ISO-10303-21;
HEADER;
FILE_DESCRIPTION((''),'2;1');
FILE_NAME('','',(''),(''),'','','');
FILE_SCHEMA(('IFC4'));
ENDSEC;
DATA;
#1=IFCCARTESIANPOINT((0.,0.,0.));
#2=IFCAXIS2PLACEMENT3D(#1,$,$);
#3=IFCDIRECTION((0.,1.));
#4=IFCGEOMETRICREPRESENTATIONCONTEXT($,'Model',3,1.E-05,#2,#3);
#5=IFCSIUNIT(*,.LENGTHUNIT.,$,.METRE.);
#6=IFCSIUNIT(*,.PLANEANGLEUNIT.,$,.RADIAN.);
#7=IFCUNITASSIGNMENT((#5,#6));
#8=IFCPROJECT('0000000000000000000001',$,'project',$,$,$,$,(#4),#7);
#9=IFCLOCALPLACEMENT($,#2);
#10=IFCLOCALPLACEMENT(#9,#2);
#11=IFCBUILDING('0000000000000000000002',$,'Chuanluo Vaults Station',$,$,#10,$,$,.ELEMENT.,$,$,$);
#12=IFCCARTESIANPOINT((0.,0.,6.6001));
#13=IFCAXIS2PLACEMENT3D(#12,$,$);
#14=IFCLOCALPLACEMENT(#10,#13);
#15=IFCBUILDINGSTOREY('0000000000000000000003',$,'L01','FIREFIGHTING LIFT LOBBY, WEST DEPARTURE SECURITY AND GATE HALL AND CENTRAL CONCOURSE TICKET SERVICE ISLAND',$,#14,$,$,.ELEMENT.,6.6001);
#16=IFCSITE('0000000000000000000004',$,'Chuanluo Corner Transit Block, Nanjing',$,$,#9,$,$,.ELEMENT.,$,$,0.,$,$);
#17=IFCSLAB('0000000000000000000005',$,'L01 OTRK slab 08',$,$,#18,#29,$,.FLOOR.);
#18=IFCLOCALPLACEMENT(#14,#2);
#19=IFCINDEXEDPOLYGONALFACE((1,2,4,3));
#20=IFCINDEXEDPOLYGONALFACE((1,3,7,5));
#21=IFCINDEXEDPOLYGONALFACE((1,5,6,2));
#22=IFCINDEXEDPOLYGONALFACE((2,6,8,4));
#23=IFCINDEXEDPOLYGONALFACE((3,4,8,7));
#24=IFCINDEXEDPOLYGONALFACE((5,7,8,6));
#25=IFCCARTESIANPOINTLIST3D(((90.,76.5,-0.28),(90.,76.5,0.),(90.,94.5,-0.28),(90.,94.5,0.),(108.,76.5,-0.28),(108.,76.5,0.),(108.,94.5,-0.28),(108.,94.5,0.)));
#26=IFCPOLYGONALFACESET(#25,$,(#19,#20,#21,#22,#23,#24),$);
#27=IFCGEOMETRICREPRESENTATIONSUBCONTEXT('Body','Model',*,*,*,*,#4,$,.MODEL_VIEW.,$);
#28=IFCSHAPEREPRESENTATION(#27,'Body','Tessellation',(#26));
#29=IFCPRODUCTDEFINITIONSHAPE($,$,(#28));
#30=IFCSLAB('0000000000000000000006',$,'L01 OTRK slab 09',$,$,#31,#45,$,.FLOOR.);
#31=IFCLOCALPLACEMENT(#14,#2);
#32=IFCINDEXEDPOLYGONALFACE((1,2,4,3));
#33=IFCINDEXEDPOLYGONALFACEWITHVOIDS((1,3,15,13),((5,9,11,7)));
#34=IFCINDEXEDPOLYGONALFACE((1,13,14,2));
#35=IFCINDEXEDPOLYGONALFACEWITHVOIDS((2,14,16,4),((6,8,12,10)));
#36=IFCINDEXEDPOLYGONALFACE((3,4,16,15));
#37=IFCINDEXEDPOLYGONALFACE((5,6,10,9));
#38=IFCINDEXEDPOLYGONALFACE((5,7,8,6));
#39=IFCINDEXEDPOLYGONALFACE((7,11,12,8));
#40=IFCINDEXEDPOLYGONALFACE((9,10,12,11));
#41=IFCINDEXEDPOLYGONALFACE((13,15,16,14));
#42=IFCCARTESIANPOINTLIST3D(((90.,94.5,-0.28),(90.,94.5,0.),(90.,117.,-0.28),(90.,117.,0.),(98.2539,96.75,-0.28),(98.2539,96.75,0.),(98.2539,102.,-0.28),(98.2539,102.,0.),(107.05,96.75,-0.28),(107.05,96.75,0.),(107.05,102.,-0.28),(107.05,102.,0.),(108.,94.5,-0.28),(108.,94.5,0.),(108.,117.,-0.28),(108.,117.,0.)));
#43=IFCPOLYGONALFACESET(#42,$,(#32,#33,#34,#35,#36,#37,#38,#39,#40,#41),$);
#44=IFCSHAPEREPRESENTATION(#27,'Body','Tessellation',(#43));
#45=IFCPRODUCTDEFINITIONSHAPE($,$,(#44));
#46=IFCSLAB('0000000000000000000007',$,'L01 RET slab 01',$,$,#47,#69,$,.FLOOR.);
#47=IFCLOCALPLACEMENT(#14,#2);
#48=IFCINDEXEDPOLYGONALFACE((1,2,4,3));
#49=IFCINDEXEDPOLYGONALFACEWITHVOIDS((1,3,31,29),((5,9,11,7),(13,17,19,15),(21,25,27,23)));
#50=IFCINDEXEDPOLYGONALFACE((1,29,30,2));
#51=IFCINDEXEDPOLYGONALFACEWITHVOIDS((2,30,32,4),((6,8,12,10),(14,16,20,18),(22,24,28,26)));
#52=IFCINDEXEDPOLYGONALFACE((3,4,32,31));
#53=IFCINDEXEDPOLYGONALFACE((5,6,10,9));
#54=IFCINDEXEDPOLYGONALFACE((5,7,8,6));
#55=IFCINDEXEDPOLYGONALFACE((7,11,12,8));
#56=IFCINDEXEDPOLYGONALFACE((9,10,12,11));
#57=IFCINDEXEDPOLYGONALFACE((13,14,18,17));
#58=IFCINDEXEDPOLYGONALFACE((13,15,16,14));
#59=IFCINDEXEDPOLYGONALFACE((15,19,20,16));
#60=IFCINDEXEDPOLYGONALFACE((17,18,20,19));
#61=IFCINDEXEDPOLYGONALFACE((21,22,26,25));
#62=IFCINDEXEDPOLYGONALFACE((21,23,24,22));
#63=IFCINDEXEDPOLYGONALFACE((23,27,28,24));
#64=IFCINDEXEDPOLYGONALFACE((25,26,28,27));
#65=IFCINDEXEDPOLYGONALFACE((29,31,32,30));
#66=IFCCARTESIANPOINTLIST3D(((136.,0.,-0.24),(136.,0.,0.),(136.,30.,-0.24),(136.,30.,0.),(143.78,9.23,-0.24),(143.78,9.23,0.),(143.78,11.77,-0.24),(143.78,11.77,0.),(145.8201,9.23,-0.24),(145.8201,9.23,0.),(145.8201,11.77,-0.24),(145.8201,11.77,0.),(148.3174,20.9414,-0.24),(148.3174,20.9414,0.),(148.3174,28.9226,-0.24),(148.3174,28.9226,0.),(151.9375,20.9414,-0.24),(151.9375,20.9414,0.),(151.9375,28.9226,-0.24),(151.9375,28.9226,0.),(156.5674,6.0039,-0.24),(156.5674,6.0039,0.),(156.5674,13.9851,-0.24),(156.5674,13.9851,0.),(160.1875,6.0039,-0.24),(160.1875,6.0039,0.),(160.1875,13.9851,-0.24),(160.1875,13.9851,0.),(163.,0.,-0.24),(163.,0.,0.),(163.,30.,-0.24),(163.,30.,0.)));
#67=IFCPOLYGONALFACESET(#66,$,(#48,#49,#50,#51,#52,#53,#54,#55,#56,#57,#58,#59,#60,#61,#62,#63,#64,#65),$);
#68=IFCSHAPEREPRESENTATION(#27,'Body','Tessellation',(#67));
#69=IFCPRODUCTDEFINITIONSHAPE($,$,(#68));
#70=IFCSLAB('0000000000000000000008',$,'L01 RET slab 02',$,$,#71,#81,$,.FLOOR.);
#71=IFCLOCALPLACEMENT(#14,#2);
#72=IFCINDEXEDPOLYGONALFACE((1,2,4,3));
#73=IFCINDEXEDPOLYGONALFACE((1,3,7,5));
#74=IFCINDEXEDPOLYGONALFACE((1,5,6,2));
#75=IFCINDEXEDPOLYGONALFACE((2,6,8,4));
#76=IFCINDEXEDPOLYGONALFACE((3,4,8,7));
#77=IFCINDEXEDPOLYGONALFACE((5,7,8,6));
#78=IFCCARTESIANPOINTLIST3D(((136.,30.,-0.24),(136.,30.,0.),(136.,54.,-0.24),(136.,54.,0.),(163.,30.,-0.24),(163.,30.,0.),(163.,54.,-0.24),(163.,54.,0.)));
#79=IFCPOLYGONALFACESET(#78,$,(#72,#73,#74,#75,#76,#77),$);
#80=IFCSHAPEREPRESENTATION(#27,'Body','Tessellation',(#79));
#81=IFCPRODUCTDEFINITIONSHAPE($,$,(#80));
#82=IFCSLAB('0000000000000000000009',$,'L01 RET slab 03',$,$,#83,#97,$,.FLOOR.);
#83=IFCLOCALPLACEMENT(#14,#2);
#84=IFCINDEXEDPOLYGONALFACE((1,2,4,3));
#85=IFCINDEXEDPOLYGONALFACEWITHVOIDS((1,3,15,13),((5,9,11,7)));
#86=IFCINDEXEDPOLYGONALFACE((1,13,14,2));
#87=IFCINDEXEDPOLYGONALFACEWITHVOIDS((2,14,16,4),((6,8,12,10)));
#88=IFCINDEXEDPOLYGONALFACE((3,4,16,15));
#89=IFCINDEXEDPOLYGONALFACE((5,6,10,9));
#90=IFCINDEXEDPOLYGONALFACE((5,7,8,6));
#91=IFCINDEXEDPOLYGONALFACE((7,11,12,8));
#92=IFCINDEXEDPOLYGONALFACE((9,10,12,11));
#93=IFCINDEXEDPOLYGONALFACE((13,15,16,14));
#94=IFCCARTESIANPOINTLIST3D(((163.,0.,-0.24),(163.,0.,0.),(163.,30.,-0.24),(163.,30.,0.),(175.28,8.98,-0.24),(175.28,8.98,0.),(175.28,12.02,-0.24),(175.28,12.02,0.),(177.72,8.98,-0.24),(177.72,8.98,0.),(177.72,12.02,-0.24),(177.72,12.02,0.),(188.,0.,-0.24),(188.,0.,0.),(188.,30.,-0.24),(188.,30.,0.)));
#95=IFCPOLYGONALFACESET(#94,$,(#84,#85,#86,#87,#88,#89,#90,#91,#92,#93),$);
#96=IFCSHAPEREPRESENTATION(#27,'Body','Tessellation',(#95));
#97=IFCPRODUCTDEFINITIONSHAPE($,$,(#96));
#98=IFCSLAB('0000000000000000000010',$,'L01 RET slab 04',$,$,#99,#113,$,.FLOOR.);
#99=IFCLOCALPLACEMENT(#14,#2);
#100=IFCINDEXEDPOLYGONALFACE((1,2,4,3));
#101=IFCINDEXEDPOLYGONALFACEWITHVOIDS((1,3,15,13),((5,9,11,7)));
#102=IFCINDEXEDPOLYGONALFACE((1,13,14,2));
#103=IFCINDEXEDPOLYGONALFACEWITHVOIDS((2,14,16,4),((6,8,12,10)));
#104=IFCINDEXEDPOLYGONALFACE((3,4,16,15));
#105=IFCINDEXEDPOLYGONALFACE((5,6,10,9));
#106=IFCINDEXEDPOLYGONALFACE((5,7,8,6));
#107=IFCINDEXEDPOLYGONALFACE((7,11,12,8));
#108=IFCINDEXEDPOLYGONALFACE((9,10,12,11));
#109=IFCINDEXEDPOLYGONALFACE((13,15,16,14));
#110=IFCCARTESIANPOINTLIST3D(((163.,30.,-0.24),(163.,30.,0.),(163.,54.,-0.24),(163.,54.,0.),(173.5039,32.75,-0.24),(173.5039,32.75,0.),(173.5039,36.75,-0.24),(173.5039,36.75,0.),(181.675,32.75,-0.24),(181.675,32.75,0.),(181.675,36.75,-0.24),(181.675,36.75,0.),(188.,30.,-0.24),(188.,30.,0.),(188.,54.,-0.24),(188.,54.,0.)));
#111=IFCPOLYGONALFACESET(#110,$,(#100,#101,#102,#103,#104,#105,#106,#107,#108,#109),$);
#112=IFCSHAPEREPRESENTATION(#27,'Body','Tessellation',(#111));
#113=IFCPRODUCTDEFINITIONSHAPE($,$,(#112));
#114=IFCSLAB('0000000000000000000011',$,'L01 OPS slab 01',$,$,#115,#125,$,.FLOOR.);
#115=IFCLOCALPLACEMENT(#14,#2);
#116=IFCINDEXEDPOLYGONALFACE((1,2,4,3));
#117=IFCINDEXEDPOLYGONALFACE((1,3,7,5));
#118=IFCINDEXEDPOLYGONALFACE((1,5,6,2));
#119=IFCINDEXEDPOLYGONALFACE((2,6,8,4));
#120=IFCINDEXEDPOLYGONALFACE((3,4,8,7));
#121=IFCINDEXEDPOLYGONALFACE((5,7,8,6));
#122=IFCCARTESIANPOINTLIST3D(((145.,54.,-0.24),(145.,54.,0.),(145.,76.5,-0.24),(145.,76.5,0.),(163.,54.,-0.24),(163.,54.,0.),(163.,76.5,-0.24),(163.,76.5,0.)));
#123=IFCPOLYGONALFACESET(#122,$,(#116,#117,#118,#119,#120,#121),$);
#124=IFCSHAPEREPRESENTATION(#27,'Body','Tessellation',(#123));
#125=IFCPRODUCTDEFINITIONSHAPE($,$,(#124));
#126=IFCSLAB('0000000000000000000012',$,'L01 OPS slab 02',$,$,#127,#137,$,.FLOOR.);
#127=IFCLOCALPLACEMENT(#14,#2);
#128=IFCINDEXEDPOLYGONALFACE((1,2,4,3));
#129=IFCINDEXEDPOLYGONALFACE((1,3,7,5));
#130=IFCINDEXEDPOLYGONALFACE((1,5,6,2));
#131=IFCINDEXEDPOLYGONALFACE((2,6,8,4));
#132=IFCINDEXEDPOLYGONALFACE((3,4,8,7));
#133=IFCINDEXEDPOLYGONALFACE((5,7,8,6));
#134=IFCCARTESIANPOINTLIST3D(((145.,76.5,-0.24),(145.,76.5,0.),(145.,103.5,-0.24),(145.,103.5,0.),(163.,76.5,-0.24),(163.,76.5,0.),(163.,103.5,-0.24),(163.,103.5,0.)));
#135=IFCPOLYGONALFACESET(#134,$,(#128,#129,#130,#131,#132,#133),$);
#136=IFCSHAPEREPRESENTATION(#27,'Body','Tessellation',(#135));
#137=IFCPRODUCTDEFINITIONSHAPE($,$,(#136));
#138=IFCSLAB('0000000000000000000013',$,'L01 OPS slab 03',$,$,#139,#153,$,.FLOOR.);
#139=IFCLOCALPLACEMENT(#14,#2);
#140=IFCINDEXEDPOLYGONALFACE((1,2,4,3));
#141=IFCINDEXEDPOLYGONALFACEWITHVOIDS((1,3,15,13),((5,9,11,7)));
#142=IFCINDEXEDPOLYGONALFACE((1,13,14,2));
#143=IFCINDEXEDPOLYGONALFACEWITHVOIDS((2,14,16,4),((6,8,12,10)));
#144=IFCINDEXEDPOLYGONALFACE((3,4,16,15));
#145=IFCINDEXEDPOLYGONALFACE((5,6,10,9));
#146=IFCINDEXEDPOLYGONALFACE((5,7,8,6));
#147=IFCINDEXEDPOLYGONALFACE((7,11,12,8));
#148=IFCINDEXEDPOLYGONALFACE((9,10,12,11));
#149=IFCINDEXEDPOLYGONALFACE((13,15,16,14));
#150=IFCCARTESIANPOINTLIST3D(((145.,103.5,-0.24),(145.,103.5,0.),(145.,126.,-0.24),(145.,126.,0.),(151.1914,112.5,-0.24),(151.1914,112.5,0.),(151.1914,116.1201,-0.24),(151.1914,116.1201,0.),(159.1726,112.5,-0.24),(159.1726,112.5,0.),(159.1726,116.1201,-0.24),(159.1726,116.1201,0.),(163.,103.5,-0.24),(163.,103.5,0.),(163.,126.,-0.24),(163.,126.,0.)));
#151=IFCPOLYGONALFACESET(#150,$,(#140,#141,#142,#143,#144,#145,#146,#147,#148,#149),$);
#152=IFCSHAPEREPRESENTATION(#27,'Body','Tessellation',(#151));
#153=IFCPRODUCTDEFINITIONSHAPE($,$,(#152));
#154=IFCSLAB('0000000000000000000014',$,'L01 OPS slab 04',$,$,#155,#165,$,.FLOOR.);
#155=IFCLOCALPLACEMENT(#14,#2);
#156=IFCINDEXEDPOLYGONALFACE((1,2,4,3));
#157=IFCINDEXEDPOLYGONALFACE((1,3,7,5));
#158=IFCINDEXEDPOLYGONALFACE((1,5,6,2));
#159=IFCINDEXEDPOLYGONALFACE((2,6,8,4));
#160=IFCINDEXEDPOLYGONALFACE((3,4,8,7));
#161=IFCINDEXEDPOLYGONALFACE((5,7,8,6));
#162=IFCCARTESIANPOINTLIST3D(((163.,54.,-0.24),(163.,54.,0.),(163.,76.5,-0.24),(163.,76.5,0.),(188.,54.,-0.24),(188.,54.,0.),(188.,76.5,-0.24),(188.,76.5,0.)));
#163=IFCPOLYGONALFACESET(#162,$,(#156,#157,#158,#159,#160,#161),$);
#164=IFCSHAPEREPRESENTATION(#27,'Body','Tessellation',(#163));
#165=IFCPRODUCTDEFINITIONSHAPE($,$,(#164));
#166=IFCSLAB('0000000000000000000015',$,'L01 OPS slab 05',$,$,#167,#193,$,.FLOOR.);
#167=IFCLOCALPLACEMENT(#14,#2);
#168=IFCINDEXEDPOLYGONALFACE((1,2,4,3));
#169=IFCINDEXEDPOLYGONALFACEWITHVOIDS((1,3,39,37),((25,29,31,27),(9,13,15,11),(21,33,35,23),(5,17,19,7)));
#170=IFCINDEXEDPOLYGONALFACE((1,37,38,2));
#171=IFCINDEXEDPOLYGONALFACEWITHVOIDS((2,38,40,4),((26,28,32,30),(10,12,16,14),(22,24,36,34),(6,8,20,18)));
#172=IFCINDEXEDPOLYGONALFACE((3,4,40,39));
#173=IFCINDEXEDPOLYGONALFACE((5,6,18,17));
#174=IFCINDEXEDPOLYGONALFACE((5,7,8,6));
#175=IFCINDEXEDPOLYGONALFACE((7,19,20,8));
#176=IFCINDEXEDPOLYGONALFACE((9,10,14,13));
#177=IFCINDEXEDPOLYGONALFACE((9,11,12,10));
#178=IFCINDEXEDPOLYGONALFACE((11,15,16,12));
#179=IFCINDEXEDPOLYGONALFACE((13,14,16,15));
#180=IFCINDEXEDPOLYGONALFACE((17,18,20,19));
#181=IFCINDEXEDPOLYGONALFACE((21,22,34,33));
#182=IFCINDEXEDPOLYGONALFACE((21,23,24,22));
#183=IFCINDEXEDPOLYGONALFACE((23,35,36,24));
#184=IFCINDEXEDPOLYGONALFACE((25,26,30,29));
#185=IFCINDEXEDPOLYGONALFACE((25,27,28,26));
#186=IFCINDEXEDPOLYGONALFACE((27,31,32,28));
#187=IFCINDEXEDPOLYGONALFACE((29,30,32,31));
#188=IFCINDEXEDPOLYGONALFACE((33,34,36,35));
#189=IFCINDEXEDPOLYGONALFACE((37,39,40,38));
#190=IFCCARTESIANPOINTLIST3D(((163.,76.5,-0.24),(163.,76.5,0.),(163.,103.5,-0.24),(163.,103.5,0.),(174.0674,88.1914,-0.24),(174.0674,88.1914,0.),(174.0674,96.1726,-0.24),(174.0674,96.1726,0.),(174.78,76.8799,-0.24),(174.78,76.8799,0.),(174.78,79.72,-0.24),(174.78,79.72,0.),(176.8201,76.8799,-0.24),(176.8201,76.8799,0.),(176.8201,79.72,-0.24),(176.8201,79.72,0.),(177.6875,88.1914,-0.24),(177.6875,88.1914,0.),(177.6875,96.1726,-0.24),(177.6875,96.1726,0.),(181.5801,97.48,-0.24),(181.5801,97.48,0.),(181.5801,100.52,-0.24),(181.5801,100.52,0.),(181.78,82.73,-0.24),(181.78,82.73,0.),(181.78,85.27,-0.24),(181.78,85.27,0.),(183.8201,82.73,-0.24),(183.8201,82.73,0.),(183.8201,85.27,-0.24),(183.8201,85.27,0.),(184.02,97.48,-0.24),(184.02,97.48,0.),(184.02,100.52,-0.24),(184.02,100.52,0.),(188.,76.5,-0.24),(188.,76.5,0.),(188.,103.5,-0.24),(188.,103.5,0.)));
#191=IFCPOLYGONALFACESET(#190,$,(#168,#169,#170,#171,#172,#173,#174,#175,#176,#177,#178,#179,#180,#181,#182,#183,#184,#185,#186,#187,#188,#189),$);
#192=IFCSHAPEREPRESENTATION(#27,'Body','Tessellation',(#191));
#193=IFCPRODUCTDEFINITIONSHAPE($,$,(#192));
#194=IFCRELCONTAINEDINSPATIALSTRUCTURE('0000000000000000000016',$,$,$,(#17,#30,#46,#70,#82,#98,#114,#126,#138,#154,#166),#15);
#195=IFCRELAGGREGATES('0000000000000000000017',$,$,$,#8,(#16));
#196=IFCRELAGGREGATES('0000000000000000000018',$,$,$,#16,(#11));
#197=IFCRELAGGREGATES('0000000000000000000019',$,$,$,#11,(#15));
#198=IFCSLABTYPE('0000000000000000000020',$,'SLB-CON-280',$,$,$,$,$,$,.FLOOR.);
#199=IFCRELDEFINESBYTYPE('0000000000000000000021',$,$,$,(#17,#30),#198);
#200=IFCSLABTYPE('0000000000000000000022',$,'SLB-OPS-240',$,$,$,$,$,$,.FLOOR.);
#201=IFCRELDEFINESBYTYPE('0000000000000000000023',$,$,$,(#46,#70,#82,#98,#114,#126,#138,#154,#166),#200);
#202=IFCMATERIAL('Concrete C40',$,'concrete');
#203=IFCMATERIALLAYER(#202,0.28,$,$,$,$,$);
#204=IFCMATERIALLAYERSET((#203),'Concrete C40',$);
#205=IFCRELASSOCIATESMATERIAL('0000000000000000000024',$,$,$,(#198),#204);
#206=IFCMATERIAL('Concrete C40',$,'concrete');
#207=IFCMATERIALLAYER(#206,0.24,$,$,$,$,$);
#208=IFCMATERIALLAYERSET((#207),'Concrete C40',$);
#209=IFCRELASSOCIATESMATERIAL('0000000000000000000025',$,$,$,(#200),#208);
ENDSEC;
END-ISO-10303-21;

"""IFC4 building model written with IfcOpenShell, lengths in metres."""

from ifc_helpers import new_model, si_unit, direction, frame, origin, place, context, subcontext, project, spatial, polyline, outline, extrude, material, layer, layer_set, type_object, element, save


model = new_model("IFC4")

# Units and contexts
model_context = context("Model", 3, precision=1e-05, world=origin(), true_north=direction((0.0, 1.0)))
body_context = subcontext(model_context, "Body", "Model", "MODEL_VIEW")
ifc_project = project(units=[si_unit("LENGTHUNIT", "METRE"), si_unit("PLANEANGLEUNIT", "RADIAN")], contexts=[model_context])

# Site, building, storey
site_placement = place(None, origin())
site = spatial("IfcSite", under=ifc_project, at=site_placement, Name="Chuanluo Corner Transit Block, Nanjing", CompositionType="ELEMENT", RefElevation=0.0)
building_placement = place(site_placement, origin())
building = spatial("IfcBuilding", under=site, at=building_placement, Name="Chuanluo Vaults Station", CompositionType="ELEMENT")
storey_placement = place(building_placement, frame((0.0, 0.0, 6.6001)))
storey = spatial("IfcBuildingStorey", under=building, at=storey_placement, Name="L01", Description="FIREFIGHTING LIFT LOBBY, WEST DEPARTURE SECURITY AND GATE HALL AND CENTRAL CONCOURSE TICKET SERVICE ISLAND", CompositionType="ELEMENT", Elevation=6.6001)

# Slabs
ifc_material_1 = material(Name="Concrete C40", Category="concrete")
ifc_layer_1 = layer(ifc_material_1, 0.28)
ifc_layer_set_1 = layer_set([ifc_layer_1], Name="Concrete C40")
slab_type_1 = type_object("IfcSlabType", Name="SLB-CON-280", PredefinedType="FLOOR", material=ifc_layer_set_1)
slab_1_placement = place(storey_placement, frame((0.0, 0.0, -0.28)))
element("IfcSlab", 1, at=slab_1_placement, inside=storey, type_object=slab_type_1, Name="L01 OTRK slab 08", PredefinedType="FLOOR", context=body_context, shape_type="SweptSolid", body=[
    extrude(outline(polyline([(90.0, 76.5), (108.0, 76.5), (108.0, 94.5), (90.0, 94.5), (90.0, 76.5)])), origin(), (0.0, 0.0, 1.0), 0.28),
])
slab_2_placement = place(storey_placement, frame((0.0, 0.0, -0.28)))
element("IfcSlab", 2, at=slab_2_placement, inside=storey, type_object=slab_type_1, Name="L01 OTRK slab 09", PredefinedType="FLOOR", context=body_context, shape_type="SweptSolid", body=[
    extrude(outline(polyline([(90.0, 94.5), (108.0, 94.5), (108.0, 117.0), (90.0, 117.0), (90.0, 94.5)]), holes=[polyline([(98.2539, 96.75), (107.05, 96.75), (107.05, 102.0), (98.2539, 102.0), (98.2539, 96.75)])]), origin(), (0.0, 0.0, 1.0), 0.28),
])
ifc_material_2 = material(Name="Concrete C40", Category="concrete")
ifc_layer_2 = layer(ifc_material_2, 0.24)
ifc_layer_set_2 = layer_set([ifc_layer_2], Name="Concrete C40")
slab_type_2 = type_object("IfcSlabType", Name="SLB-OPS-240", PredefinedType="FLOOR", material=ifc_layer_set_2)
slab_3_placement = place(storey_placement, frame((0.0, 0.0, -0.24)))
element("IfcSlab", 3, at=slab_3_placement, inside=storey, type_object=slab_type_2, Name="L01 RET slab 01", PredefinedType="FLOOR", context=body_context, shape_type="SweptSolid", body=[
    extrude(outline(polyline([(136.0, 0.0), (163.0, 0.0), (163.0, 30.0), (136.0, 30.0), (136.0, 0.0)]), holes=[polyline([(151.9375, 20.9414), (151.9375, 28.9226), (148.3174, 28.9226), (148.3174, 20.9414), (151.9375, 20.9414)]), polyline([(160.1875, 6.0039), (160.1875, 13.9851), (156.5674, 13.9851), (156.5674, 6.0039), (160.1875, 6.0039)]), polyline([(143.78, 9.23), (145.8201, 9.23), (145.8201, 11.77), (143.78, 11.77), (143.78, 9.23)])]), origin(), (0.0, 0.0, 1.0), 0.24),
])
slab_4_placement = place(storey_placement, frame((0.0, 0.0, -0.24)))
element("IfcSlab", 4, at=slab_4_placement, inside=storey, type_object=slab_type_2, Name="L01 RET slab 02", PredefinedType="FLOOR", context=body_context, shape_type="SweptSolid", body=[
    extrude(outline(polyline([(136.0, 30.0), (163.0, 30.0), (163.0, 54.0), (136.0, 54.0), (136.0, 30.0)])), origin(), (0.0, 0.0, 1.0), 0.24),
])
slab_5_placement = place(storey_placement, frame((0.0, 0.0, -0.24)))
element("IfcSlab", 5, at=slab_5_placement, inside=storey, type_object=slab_type_2, Name="L01 RET slab 03", PredefinedType="FLOOR", context=body_context, shape_type="SweptSolid", body=[
    extrude(outline(polyline([(163.0, 0.0), (188.0, 0.0), (188.0, 30.0), (163.0, 30.0), (163.0, 0.0)]), holes=[polyline([(175.28, 8.98), (177.72, 8.98), (177.72, 12.02), (175.28, 12.02), (175.28, 8.98)])]), origin(), (0.0, 0.0, 1.0), 0.24),
])
slab_6_placement = place(storey_placement, frame((0.0, 0.0, -0.24)))
element("IfcSlab", 6, at=slab_6_placement, inside=storey, type_object=slab_type_2, Name="L01 RET slab 04", PredefinedType="FLOOR", context=body_context, shape_type="SweptSolid", body=[
    extrude(outline(polyline([(163.0, 30.0), (188.0, 30.0), (188.0, 54.0), (163.0, 54.0), (163.0, 30.0)]), holes=[polyline([(173.5039, 32.75), (181.675, 32.75), (181.675, 36.75), (173.5039, 36.75), (173.5039, 32.75)])]), origin(), (0.0, 0.0, 1.0), 0.24),
])
slab_7_placement = place(storey_placement, frame((0.0, 0.0, -0.24)))
element("IfcSlab", 7, at=slab_7_placement, inside=storey, type_object=slab_type_2, Name="L01 OPS slab 01", PredefinedType="FLOOR", context=body_context, shape_type="SweptSolid", body=[
    extrude(outline(polyline([(145.0, 54.0), (163.0, 54.0), (163.0, 76.5), (145.0, 76.5), (145.0, 54.0)])), origin(), (0.0, 0.0, 1.0), 0.24),
])
slab_8_placement = place(storey_placement, frame((0.0, 0.0, -0.24)))
element("IfcSlab", 8, at=slab_8_placement, inside=storey, type_object=slab_type_2, Name="L01 OPS slab 02", PredefinedType="FLOOR", context=body_context, shape_type="SweptSolid", body=[
    extrude(outline(polyline([(145.0, 76.5), (163.0, 76.5), (163.0, 103.5), (145.0, 103.5), (145.0, 76.5)])), origin(), (0.0, 0.0, 1.0), 0.24),
])
slab_9_placement = place(storey_placement, frame((0.0, 0.0, -0.24)))
element("IfcSlab", 9, at=slab_9_placement, inside=storey, type_object=slab_type_2, Name="L01 OPS slab 03", PredefinedType="FLOOR", context=body_context, shape_type="SweptSolid", body=[
    extrude(outline(polyline([(145.0, 103.5), (163.0, 103.5), (163.0, 126.0), (145.0, 126.0), (145.0, 103.5)]), holes=[polyline([(151.1914, 112.5), (159.1726, 112.5), (159.1726, 116.1201), (151.1914, 116.1201), (151.1914, 112.5)])]), origin(), (0.0, 0.0, 1.0), 0.24),
])
slab_10_placement = place(storey_placement, frame((0.0, 0.0, -0.24)))
element("IfcSlab", 10, at=slab_10_placement, inside=storey, type_object=slab_type_2, Name="L01 OPS slab 04", PredefinedType="FLOOR", context=body_context, shape_type="SweptSolid", body=[
    extrude(outline(polyline([(163.0, 54.0), (188.0, 54.0), (188.0, 76.5), (163.0, 76.5), (163.0, 54.0)])), origin(), (0.0, 0.0, 1.0), 0.24),
])
slab_11_placement = place(storey_placement, frame((0.0, 0.0, -0.24)))
element("IfcSlab", 11, at=slab_11_placement, inside=storey, type_object=slab_type_2, Name="L01 OPS slab 05", PredefinedType="FLOOR", context=body_context, shape_type="SweptSolid", body=[
    extrude(outline(polyline([(163.0, 76.5), (188.0, 76.5), (188.0, 103.5), (163.0, 103.5), (163.0, 76.5)]), holes=[polyline([(177.6875, 88.1914), (177.6875, 96.1726), (174.0674, 96.1726), (174.0674, 88.1914), (177.6875, 88.1914)]), polyline([(174.78, 76.8799), (176.8201, 76.8799), (176.8201, 79.72), (174.78, 79.72), (174.78, 76.8799)]), polyline([(181.78, 82.73), (183.8201, 82.73), (183.8201, 85.27), (181.78, 85.27), (181.78, 82.73)]), polyline([(181.5801, 97.48), (184.02, 97.48), (184.02, 100.52), (181.5801, 100.52), (181.5801, 97.48)])]), origin(), (0.0, 0.0, 1.0), 0.24),
])

save(model, "model.ifc")
